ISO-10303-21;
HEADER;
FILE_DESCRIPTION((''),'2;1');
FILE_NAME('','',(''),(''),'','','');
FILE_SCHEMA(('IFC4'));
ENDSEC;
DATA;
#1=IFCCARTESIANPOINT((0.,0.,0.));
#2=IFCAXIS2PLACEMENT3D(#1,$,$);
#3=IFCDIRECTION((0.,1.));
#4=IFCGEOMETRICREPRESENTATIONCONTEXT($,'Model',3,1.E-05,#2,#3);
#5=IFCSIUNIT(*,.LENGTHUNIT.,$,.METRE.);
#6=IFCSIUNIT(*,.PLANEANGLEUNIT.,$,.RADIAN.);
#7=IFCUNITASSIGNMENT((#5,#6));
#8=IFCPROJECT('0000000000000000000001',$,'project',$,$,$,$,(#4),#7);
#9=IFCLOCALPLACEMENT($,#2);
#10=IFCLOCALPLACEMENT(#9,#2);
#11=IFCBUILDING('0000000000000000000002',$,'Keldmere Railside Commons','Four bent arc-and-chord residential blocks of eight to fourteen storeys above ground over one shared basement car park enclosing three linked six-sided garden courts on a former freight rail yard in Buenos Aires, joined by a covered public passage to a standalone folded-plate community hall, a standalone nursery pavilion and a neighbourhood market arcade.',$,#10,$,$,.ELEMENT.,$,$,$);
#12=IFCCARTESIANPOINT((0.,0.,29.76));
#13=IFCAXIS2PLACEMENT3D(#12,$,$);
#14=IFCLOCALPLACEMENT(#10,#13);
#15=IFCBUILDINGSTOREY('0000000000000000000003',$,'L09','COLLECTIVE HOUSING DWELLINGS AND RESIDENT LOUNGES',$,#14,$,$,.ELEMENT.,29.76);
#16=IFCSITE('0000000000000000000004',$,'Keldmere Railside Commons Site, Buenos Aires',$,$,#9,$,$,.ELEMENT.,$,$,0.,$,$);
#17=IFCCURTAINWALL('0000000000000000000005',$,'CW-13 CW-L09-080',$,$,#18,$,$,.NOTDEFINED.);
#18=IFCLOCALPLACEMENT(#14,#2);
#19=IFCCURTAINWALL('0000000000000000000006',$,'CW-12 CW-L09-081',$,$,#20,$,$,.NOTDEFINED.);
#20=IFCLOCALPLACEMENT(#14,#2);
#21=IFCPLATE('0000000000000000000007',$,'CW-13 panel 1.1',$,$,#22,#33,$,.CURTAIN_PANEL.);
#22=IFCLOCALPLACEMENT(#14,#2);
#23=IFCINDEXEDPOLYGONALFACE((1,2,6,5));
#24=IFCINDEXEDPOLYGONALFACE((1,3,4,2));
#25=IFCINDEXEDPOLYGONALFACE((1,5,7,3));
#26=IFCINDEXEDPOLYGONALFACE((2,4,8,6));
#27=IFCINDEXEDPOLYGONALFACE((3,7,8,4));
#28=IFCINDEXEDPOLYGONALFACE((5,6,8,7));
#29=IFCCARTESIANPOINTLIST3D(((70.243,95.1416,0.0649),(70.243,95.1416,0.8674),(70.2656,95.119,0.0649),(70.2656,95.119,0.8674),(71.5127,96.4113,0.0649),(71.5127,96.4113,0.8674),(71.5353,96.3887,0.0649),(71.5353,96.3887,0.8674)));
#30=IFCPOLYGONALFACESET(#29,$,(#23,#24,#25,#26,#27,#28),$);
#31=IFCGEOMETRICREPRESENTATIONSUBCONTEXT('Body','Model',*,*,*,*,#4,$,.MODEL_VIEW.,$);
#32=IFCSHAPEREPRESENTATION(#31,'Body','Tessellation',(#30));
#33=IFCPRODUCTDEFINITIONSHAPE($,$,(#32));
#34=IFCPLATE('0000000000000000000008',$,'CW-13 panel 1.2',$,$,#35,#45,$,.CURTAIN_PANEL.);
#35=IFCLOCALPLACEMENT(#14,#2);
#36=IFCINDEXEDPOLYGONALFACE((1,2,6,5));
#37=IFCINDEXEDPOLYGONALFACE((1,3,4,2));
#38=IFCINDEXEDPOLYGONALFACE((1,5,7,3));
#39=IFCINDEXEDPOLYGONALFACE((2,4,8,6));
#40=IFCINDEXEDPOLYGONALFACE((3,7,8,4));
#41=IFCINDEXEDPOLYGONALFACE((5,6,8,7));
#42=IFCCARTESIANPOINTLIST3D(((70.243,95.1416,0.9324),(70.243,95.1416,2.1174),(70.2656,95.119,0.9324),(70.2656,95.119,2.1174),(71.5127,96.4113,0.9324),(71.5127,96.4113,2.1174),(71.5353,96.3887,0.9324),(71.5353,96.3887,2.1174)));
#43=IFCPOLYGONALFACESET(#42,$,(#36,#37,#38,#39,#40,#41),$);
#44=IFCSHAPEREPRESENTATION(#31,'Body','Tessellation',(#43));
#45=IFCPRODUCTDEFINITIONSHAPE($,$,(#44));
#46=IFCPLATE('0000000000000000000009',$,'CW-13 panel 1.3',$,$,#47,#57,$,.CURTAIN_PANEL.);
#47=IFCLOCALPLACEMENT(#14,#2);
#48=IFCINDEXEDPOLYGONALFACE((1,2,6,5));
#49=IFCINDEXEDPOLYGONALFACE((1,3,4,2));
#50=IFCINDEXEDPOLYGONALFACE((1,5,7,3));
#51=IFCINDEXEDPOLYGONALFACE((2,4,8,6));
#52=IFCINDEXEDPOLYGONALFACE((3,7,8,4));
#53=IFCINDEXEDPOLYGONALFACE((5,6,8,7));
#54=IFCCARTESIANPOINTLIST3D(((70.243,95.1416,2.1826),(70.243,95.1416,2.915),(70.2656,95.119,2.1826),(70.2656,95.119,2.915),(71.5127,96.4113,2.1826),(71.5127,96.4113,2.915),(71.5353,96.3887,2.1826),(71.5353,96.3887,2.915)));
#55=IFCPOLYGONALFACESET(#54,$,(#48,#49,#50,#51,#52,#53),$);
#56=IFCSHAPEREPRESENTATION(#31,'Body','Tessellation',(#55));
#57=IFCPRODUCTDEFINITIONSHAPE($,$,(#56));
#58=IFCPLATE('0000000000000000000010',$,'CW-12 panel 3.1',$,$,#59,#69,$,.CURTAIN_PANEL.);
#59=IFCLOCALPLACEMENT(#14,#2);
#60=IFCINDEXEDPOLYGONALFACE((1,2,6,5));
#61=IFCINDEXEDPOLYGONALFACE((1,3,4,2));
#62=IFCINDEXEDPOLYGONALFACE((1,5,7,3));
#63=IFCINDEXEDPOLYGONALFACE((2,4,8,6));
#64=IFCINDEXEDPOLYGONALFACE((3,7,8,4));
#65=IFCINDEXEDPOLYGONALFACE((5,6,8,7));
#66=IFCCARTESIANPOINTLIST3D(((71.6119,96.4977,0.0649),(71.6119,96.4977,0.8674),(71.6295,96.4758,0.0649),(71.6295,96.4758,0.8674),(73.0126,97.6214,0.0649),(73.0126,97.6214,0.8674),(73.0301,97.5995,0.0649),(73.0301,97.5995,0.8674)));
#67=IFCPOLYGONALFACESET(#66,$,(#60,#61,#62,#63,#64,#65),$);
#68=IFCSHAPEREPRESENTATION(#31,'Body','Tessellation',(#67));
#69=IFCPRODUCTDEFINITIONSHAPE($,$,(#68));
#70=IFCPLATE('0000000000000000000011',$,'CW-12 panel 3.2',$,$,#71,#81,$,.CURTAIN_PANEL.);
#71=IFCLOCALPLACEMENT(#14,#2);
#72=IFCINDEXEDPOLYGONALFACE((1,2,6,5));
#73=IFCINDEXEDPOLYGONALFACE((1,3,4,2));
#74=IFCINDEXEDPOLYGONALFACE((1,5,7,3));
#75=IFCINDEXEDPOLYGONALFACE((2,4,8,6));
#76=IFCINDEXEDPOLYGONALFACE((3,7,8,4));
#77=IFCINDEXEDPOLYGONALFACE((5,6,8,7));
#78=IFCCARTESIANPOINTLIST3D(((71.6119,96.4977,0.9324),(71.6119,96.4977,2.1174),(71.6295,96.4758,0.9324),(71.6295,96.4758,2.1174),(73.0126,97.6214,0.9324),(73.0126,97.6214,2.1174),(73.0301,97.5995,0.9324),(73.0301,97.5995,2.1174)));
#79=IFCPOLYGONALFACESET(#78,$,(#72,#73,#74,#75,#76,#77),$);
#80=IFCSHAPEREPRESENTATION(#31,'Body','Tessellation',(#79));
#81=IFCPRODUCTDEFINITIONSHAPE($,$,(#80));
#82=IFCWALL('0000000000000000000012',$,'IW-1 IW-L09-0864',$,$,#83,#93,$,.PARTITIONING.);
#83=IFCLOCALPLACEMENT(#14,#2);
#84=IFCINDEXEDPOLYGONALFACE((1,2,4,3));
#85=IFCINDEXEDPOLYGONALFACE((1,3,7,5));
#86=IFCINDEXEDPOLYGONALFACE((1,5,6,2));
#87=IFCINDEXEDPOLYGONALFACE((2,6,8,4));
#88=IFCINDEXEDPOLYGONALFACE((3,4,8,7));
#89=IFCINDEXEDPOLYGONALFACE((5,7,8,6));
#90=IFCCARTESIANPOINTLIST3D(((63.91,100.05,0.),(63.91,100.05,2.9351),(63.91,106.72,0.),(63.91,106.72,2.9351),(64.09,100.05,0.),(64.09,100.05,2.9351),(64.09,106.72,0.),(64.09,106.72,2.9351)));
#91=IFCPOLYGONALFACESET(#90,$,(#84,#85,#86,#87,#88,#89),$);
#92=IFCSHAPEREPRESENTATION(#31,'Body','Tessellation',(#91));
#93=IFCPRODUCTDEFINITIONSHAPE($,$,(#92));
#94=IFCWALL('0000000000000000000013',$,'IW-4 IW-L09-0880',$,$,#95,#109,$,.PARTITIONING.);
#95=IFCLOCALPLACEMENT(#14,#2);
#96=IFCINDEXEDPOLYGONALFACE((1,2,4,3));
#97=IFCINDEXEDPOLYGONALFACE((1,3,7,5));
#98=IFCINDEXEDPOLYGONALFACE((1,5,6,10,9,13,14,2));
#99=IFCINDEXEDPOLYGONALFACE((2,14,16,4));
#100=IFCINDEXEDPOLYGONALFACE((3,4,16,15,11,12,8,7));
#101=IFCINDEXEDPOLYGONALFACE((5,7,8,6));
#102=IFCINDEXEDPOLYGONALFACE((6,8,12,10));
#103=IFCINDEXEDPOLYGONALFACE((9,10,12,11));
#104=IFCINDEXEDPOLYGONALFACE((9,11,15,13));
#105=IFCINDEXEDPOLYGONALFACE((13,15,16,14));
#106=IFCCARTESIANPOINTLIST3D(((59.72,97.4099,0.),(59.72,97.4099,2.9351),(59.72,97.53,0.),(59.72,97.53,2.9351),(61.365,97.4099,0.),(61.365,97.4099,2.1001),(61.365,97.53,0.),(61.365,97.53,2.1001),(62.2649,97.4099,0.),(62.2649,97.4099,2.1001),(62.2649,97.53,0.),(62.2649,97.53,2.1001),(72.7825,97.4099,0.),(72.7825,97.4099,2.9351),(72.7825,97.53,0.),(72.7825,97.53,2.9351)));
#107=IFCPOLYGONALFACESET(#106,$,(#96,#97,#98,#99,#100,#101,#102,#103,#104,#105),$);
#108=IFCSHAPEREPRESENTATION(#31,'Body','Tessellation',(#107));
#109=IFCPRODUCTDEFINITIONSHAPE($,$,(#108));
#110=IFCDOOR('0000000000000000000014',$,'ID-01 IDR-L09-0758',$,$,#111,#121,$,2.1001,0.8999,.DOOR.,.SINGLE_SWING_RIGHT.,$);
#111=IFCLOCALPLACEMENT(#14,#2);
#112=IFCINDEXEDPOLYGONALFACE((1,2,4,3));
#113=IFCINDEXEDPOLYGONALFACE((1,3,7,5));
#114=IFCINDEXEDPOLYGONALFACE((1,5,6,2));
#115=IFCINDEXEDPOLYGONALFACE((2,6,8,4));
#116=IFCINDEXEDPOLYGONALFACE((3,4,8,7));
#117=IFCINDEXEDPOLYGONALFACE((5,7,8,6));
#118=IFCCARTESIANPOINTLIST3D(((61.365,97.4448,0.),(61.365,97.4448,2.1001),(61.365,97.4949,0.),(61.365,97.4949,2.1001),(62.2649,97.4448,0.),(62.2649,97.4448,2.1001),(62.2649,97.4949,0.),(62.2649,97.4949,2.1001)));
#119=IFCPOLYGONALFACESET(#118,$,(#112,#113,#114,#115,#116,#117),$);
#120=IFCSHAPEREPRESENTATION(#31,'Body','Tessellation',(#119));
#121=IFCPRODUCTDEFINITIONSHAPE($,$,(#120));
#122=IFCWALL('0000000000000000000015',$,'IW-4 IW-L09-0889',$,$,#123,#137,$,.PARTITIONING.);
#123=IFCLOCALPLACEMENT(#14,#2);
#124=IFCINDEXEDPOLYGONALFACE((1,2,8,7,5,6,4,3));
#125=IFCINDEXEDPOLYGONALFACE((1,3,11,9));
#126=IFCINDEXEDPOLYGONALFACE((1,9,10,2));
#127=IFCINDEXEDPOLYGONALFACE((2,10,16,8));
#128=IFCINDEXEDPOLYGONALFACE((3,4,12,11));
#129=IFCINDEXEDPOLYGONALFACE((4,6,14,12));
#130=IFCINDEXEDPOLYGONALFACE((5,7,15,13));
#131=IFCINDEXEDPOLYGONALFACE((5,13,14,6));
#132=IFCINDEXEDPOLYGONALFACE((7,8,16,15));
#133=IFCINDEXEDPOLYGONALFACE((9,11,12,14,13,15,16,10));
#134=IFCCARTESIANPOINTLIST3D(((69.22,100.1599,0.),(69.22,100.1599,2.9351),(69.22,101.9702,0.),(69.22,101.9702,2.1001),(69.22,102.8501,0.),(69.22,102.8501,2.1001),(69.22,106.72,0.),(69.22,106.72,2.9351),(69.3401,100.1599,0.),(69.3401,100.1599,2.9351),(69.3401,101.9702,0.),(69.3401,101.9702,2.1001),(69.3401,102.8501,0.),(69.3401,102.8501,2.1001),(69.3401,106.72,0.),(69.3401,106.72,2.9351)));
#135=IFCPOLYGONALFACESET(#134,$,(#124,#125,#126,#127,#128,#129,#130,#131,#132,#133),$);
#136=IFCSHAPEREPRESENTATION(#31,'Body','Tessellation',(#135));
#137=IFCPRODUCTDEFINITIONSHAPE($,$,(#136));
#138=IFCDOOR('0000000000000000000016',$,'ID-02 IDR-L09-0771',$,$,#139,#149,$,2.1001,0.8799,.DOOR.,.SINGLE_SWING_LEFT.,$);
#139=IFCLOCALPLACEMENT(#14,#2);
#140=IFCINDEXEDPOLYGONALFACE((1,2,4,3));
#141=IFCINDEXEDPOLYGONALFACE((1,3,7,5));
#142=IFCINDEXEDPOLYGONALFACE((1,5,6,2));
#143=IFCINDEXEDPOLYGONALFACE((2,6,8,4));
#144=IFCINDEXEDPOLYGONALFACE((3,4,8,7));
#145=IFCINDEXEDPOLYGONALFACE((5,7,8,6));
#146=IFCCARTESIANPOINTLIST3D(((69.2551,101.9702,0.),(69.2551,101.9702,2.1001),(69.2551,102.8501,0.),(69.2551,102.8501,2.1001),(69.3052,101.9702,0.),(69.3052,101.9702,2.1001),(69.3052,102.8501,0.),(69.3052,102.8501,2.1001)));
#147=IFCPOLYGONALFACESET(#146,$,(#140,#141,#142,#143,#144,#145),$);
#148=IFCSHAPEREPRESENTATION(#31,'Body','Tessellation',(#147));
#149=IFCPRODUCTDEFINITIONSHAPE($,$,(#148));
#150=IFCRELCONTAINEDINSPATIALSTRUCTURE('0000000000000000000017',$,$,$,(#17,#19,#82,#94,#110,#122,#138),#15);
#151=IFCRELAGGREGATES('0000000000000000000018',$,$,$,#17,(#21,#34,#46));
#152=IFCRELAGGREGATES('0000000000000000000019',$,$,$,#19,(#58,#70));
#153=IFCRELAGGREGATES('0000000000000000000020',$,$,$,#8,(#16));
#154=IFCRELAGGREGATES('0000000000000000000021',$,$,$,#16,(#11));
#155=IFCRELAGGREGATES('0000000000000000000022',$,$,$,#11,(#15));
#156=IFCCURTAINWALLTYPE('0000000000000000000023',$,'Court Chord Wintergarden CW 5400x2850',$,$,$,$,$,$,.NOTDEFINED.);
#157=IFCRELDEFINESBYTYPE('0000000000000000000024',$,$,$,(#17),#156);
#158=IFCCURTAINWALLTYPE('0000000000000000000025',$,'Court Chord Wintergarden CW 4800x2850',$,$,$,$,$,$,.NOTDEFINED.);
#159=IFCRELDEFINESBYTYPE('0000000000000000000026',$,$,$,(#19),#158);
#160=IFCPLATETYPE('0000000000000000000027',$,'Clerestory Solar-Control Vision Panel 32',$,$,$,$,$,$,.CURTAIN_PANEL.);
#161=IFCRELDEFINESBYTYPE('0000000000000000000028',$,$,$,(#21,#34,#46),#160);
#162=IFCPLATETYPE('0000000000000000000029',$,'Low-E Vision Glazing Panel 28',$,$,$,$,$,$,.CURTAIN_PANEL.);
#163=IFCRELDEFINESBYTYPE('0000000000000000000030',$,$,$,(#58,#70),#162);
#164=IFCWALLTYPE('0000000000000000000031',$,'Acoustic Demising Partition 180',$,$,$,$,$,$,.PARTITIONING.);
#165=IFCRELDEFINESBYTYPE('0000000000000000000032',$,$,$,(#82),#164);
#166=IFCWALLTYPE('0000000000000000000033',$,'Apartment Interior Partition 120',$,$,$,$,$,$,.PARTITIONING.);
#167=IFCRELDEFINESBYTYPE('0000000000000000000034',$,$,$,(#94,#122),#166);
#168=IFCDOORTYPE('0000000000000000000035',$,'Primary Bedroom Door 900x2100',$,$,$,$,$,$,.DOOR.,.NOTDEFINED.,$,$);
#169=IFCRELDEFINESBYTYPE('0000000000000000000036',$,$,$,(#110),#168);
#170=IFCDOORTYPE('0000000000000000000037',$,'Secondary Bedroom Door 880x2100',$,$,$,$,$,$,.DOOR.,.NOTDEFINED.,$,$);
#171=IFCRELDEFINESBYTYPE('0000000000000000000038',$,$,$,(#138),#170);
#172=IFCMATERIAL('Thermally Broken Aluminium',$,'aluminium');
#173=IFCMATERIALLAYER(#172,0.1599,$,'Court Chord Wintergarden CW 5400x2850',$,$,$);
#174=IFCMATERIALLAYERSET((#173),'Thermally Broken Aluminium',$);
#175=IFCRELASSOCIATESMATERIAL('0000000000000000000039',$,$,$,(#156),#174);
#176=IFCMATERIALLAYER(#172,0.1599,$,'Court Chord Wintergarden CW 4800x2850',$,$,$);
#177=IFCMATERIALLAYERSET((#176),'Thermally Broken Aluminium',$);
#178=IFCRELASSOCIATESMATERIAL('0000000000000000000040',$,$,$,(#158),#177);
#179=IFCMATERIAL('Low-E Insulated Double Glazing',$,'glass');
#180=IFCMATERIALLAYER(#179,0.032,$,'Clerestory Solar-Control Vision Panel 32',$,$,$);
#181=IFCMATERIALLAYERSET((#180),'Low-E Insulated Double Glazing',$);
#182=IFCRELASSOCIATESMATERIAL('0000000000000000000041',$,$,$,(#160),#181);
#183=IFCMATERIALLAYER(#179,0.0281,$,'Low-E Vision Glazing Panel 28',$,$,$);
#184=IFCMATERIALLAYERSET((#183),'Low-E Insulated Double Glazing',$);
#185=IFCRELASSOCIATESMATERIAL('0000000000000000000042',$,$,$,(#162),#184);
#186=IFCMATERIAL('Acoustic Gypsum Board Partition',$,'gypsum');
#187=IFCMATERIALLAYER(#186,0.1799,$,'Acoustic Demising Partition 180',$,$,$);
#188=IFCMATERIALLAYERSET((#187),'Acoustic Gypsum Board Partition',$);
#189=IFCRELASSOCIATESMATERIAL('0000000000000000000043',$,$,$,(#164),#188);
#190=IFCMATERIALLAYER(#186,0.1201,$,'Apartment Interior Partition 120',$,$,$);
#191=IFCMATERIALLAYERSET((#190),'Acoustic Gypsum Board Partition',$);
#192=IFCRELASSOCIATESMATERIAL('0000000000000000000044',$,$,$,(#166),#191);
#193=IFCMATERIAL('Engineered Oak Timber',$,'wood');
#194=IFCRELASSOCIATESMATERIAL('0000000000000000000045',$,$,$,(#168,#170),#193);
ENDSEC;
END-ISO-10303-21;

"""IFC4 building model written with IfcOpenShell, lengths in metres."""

from ifc_helpers import new_model, si_unit, direction, frame, frame_2d, origin, origin_2d, place, context, subcontext, project, spatial, rectangle, extrude, material, layer, layer_set, type_object, element, fill, aggregate, save


model = new_model("IFC4")

# Units and contexts
model_context = context("Model", 3, precision=1e-05, world=origin(), true_north=direction((0.0, 1.0)))
body_context = subcontext(model_context, "Body", "Model", "MODEL_VIEW")
ifc_project = project(units=[si_unit("LENGTHUNIT", "METRE"), si_unit("PLANEANGLEUNIT", "RADIAN")], contexts=[model_context])

# Site, building, storey
site_placement = place(None, origin())
site = spatial("IfcSite", under=ifc_project, at=site_placement, Name="Keldmere Railside Commons Site, Buenos Aires", CompositionType="ELEMENT", RefElevation=0.0)
building_placement = place(site_placement, origin())
building = spatial("IfcBuilding", under=site, at=building_placement, Name="Keldmere Railside Commons", Description="Four bent arc-and-chord residential blocks of eight to fourteen storeys above ground over one shared basement car park enclosing three linked six-sided garden courts on a former freight rail yard in Buenos Aires, joined by a covered public passage to a standalone folded-plate community hall, a standalone nursery pavilion and a neighbourhood market arcade.", CompositionType="ELEMENT")
storey_placement = place(building_placement, frame((0.0, 0.0, 29.76)))
storey = spatial("IfcBuildingStorey", under=building, at=storey_placement, Name="L09", Description="COLLECTIVE HOUSING DWELLINGS AND RESIDENT LOUNGES", CompositionType="ELEMENT", Elevation=29.76)

# Curtain walls
ifc_material_1 = material(Name="Thermally Broken Aluminium", Category="aluminium")
ifc_layer_1 = layer(ifc_material_1, 0.1599, Name="Court Chord Wintergarden CW 5400x2850")
ifc_layer_set_1 = layer_set([ifc_layer_1], Name="Thermally Broken Aluminium")
curtain_wall_type_1 = type_object("IfcCurtainWallType", Name="Court Chord Wintergarden CW 5400x2850", PredefinedType="NOTDEFINED", material=ifc_layer_set_1)
curtain_wall_1_placement = place(storey_placement, origin())
curtain_wall_1 = element("IfcCurtainWall", 1, at=curtain_wall_1_placement, inside=storey, type_object=curtain_wall_type_1, Name="CW-13 CW-L09-080", PredefinedType="NOTDEFINED")
ifc_layer_2 = layer(ifc_material_1, 0.1599, Name="Court Chord Wintergarden CW 4800x2850")
ifc_layer_set_2 = layer_set([ifc_layer_2], Name="Thermally Broken Aluminium")
curtain_wall_type_2 = type_object("IfcCurtainWallType", Name="Court Chord Wintergarden CW 4800x2850", PredefinedType="NOTDEFINED", material=ifc_layer_set_2)
curtain_wall_2_placement = place(storey_placement, origin())
curtain_wall_2 = element("IfcCurtainWall", 2, at=curtain_wall_2_placement, inside=storey, type_object=curtain_wall_type_2, Name="CW-12 CW-L09-081", PredefinedType="NOTDEFINED")

# Plates
ifc_material_2 = material(Name="Low-E Insulated Double Glazing", Category="glass")
ifc_layer_3 = layer(ifc_material_2, 0.032, Name="Clerestory Solar-Control Vision Panel 32")
ifc_layer_set_3 = layer_set([ifc_layer_3], Name="Low-E Insulated Double Glazing")
plate_type_1 = type_object("IfcPlateType", Name="Clerestory Solar-Control Vision Panel 32", PredefinedType="CURTAIN_PANEL", material=ifc_layer_set_3)
plate_1_placement = place(storey_placement, frame((70.8892, 95.7651, 0.0649), z_axis=(0.0, 0.0, 1.0), x_axis=(-0.707107, -0.707107, 0.0)))
plate_1 = element("IfcPlate", 3, at=plate_1_placement, type_object=plate_type_1, Name="CW-13 panel 1.1", PredefinedType="CURTAIN_PANEL", context=body_context, shape_type="SweptSolid", body=[
    extrude(rectangle(XDim=1.7957, YDim=0.032, at=origin_2d()), origin(), (0.0, 0.0, 1.0), 0.8025),
])
plate_2_placement = place(storey_placement, frame((70.8892, 95.7651, 0.9324), z_axis=(0.0, 0.0, 1.0), x_axis=(-0.707107, -0.707107, 0.0)))
plate_2 = element("IfcPlate", 4, at=plate_2_placement, type_object=plate_type_1, Name="CW-13 panel 1.2", PredefinedType="CURTAIN_PANEL", context=body_context, shape_type="SweptSolid", body=[
    extrude(rectangle(XDim=1.7957, YDim=0.032, at=origin_2d()), origin(), (0.0, 0.0, 1.0), 1.1851),
])
plate_3_placement = place(storey_placement, frame((70.8892, 95.7651, 2.1826), z_axis=(0.0, 0.0, 1.0), x_axis=(-0.707107, -0.707107, 0.0)))
plate_3 = element("IfcPlate", 5, at=plate_3_placement, type_object=plate_type_1, Name="CW-13 panel 1.3", PredefinedType="CURTAIN_PANEL", context=body_context, shape_type="SweptSolid", body=[
    extrude(rectangle(XDim=1.7957, YDim=0.032, at=origin_2d()), origin(), (0.0, 0.0, 1.0), 0.7324),
])
aggregate(curtain_wall_1, [plate_1, plate_2, plate_3])
ifc_layer_4 = layer(ifc_material_2, 0.0281, Name="Low-E Vision Glazing Panel 28")
ifc_layer_set_4 = layer_set([ifc_layer_4], Name="Low-E Insulated Double Glazing")
plate_type_2 = type_object("IfcPlateType", Name="Low-E Vision Glazing Panel 28", PredefinedType="CURTAIN_PANEL", material=ifc_layer_set_4)
plate_4_placement = place(storey_placement, frame((72.321, 97.0486, 0.0649), z_axis=(0.0, 0.0, 1.0), x_axis=(-0.780009, -0.625768, 0.0)))
plate_4 = element("IfcPlate", 6, at=plate_4_placement, type_object=plate_type_2, Name="CW-12 panel 3.1", PredefinedType="CURTAIN_PANEL", context=body_context, shape_type="SweptSolid", body=[
    extrude(rectangle(XDim=1.7957, YDim=0.0281, at=origin_2d()), origin(), (0.0, 0.0, 1.0), 0.8025),
])
plate_5_placement = place(storey_placement, frame((72.321, 97.0486, 0.9324), z_axis=(0.0, 0.0, 1.0), x_axis=(-0.780009, -0.625768, 0.0)))
plate_5 = element("IfcPlate", 7, at=plate_5_placement, type_object=plate_type_2, Name="CW-12 panel 3.2", PredefinedType="CURTAIN_PANEL", context=body_context, shape_type="SweptSolid", body=[
    extrude(rectangle(XDim=1.7957, YDim=0.0281, at=origin_2d()), origin(), (0.0, 0.0, 1.0), 1.1851),
])
aggregate(curtain_wall_2, [plate_4, plate_5])

# Wall
ifc_material_3 = material(Name="Acoustic Gypsum Board Partition", Category="gypsum")
ifc_layer_5 = layer(ifc_material_3, 0.1799, Name="Acoustic Demising Partition 180")
ifc_layer_set_5 = layer_set([ifc_layer_5], Name="Acoustic Gypsum Board Partition")
wall_type_1 = type_object("IfcWallType", Name="Acoustic Demising Partition 180", PredefinedType="PARTITIONING", material=ifc_layer_set_5)
wall_1_placement = place(storey_placement, frame((64.0, 100.05, 0.0), z_axis=(0.0, 0.0, 1.0), x_axis=(0.0, 1.0, 0.0)))
element("IfcWall", 8, at=wall_1_placement, inside=storey, type_object=wall_type_1, Name="IW-1 IW-L09-0864", PredefinedType="PARTITIONING", context=body_context, shape_type="SweptSolid", body=[
    extrude(rectangle(XDim=6.6699, YDim=0.1799, at=frame_2d((3.335, 0.0))), origin(), (0.0, 0.0, 1.0), 2.9351),
])

# Walls, openings, doors
ifc_layer_6 = layer(ifc_material_3, 0.1201, Name="Apartment Interior Partition 120")
ifc_layer_set_6 = layer_set([ifc_layer_6], Name="Acoustic Gypsum Board Partition")
wall_type_2 = type_object("IfcWallType", Name="Apartment Interior Partition 120", PredefinedType="PARTITIONING", material=ifc_layer_set_6)
wall_2_placement = place(storey_placement, frame((59.72, 97.47, 0.0), z_axis=(0.0, 0.0, 1.0), x_axis=(1.0, 0.0, 0.0)))
wall_2 = element("IfcWall", 9, at=wall_2_placement, inside=storey, type_object=wall_type_2, Name="IW-4 IW-L09-0880", PredefinedType="PARTITIONING", context=body_context, shape_type="SweptSolid", body=[
    extrude(rectangle(XDim=13.0625, YDim=0.1201, at=frame_2d((6.5312, 0.0))), origin(), (0.0, 0.0, 1.0), 2.9351),
])
opening_1_placement = place(wall_2_placement, frame((1.645, 0.0, 0.0)))
opening_1 = element("IfcOpeningElement", 10, at=opening_1_placement, cuts=wall_2, PredefinedType="OPENING", context=body_context, shape_type="SweptSolid", body=[
    extrude(rectangle(XDim=0.8999, YDim=2.1001, at=frame_2d((0.45, 1.05))), frame((0.0, 0.0701, 0.0), z_axis=(0.0, -1.0, 0.0), x_axis=(1.0, 0.0, 0.0)), (0.0, 0.0, 1.0), 0.1401),
])
ifc_material_4 = material(Name="Engineered Oak Timber", Category="wood")
door_type_1 = type_object("IfcDoorType", Name="Primary Bedroom Door 900x2100", OperationType="NOTDEFINED", PredefinedType="DOOR", material=ifc_material_4)
door_1_placement = place(opening_1_placement, origin())
door_1 = element("IfcDoor", 11, at=door_1_placement, inside=storey, type_object=door_type_1, Name="ID-01 IDR-L09-0758", OperationType="SINGLE_SWING_RIGHT", OverallHeight=2.1001, OverallWidth=0.8999, PredefinedType="DOOR", context=body_context, shape_type="SweptSolid", body=[
    extrude(rectangle(XDim=0.8999, YDim=2.1001, at=frame_2d((0.45, 1.05))), frame((0.0, 0.0249, 0.0), z_axis=(0.0, -1.0, 0.0), x_axis=(1.0, 0.0, 0.0)), (0.0, 0.0, 1.0), 0.05),
])
fill(opening_1, door_1)
wall_3_placement = place(storey_placement, frame((69.28, 100.1599, 0.0), z_axis=(0.0, 0.0, 1.0), x_axis=(0.0, 1.0, 0.0)))
wall_3 = element("IfcWall", 12, at=wall_3_placement, inside=storey, type_object=wall_type_2, Name="IW-4 IW-L09-0889", PredefinedType="PARTITIONING", context=body_context, shape_type="SweptSolid", body=[
    extrude(rectangle(XDim=6.5601, YDim=0.1201, at=frame_2d((3.28, 0.0))), origin(), (0.0, 0.0, 1.0), 2.9351),
])
opening_2_placement = place(wall_3_placement, frame((1.8103, 0.0, 0.0)))
opening_2 = element("IfcOpeningElement", 13, at=opening_2_placement, cuts=wall_3, PredefinedType="OPENING", context=body_context, shape_type="SweptSolid", body=[
    extrude(rectangle(XDim=0.8799, YDim=2.1001, at=frame_2d((0.4399, 1.05))), frame((0.0, 0.0701, 0.0), z_axis=(0.0, -1.0, 0.0), x_axis=(1.0, 0.0, 0.0)), (0.0, 0.0, 1.0), 0.1401),
])
door_type_2 = type_object("IfcDoorType", Name="Secondary Bedroom Door 880x2100", OperationType="NOTDEFINED", PredefinedType="DOOR", material=ifc_material_4)
door_2_placement = place(opening_2_placement, origin())
door_2 = element("IfcDoor", 14, at=door_2_placement, inside=storey, type_object=door_type_2, Name="ID-02 IDR-L09-0771", OperationType="SINGLE_SWING_LEFT", OverallHeight=2.1001, OverallWidth=0.8799, PredefinedType="DOOR", context=body_context, shape_type="SweptSolid", body=[
    extrude(rectangle(XDim=0.8799, YDim=2.1001, at=frame_2d((0.4399, 1.05))), frame((0.0, 0.0249, 0.0), z_axis=(0.0, -1.0, 0.0), x_axis=(1.0, 0.0, 0.0)), (0.0, 0.0, 1.0), 0.05),
])
fill(opening_2, door_2)

save(model, "model.ifc")
